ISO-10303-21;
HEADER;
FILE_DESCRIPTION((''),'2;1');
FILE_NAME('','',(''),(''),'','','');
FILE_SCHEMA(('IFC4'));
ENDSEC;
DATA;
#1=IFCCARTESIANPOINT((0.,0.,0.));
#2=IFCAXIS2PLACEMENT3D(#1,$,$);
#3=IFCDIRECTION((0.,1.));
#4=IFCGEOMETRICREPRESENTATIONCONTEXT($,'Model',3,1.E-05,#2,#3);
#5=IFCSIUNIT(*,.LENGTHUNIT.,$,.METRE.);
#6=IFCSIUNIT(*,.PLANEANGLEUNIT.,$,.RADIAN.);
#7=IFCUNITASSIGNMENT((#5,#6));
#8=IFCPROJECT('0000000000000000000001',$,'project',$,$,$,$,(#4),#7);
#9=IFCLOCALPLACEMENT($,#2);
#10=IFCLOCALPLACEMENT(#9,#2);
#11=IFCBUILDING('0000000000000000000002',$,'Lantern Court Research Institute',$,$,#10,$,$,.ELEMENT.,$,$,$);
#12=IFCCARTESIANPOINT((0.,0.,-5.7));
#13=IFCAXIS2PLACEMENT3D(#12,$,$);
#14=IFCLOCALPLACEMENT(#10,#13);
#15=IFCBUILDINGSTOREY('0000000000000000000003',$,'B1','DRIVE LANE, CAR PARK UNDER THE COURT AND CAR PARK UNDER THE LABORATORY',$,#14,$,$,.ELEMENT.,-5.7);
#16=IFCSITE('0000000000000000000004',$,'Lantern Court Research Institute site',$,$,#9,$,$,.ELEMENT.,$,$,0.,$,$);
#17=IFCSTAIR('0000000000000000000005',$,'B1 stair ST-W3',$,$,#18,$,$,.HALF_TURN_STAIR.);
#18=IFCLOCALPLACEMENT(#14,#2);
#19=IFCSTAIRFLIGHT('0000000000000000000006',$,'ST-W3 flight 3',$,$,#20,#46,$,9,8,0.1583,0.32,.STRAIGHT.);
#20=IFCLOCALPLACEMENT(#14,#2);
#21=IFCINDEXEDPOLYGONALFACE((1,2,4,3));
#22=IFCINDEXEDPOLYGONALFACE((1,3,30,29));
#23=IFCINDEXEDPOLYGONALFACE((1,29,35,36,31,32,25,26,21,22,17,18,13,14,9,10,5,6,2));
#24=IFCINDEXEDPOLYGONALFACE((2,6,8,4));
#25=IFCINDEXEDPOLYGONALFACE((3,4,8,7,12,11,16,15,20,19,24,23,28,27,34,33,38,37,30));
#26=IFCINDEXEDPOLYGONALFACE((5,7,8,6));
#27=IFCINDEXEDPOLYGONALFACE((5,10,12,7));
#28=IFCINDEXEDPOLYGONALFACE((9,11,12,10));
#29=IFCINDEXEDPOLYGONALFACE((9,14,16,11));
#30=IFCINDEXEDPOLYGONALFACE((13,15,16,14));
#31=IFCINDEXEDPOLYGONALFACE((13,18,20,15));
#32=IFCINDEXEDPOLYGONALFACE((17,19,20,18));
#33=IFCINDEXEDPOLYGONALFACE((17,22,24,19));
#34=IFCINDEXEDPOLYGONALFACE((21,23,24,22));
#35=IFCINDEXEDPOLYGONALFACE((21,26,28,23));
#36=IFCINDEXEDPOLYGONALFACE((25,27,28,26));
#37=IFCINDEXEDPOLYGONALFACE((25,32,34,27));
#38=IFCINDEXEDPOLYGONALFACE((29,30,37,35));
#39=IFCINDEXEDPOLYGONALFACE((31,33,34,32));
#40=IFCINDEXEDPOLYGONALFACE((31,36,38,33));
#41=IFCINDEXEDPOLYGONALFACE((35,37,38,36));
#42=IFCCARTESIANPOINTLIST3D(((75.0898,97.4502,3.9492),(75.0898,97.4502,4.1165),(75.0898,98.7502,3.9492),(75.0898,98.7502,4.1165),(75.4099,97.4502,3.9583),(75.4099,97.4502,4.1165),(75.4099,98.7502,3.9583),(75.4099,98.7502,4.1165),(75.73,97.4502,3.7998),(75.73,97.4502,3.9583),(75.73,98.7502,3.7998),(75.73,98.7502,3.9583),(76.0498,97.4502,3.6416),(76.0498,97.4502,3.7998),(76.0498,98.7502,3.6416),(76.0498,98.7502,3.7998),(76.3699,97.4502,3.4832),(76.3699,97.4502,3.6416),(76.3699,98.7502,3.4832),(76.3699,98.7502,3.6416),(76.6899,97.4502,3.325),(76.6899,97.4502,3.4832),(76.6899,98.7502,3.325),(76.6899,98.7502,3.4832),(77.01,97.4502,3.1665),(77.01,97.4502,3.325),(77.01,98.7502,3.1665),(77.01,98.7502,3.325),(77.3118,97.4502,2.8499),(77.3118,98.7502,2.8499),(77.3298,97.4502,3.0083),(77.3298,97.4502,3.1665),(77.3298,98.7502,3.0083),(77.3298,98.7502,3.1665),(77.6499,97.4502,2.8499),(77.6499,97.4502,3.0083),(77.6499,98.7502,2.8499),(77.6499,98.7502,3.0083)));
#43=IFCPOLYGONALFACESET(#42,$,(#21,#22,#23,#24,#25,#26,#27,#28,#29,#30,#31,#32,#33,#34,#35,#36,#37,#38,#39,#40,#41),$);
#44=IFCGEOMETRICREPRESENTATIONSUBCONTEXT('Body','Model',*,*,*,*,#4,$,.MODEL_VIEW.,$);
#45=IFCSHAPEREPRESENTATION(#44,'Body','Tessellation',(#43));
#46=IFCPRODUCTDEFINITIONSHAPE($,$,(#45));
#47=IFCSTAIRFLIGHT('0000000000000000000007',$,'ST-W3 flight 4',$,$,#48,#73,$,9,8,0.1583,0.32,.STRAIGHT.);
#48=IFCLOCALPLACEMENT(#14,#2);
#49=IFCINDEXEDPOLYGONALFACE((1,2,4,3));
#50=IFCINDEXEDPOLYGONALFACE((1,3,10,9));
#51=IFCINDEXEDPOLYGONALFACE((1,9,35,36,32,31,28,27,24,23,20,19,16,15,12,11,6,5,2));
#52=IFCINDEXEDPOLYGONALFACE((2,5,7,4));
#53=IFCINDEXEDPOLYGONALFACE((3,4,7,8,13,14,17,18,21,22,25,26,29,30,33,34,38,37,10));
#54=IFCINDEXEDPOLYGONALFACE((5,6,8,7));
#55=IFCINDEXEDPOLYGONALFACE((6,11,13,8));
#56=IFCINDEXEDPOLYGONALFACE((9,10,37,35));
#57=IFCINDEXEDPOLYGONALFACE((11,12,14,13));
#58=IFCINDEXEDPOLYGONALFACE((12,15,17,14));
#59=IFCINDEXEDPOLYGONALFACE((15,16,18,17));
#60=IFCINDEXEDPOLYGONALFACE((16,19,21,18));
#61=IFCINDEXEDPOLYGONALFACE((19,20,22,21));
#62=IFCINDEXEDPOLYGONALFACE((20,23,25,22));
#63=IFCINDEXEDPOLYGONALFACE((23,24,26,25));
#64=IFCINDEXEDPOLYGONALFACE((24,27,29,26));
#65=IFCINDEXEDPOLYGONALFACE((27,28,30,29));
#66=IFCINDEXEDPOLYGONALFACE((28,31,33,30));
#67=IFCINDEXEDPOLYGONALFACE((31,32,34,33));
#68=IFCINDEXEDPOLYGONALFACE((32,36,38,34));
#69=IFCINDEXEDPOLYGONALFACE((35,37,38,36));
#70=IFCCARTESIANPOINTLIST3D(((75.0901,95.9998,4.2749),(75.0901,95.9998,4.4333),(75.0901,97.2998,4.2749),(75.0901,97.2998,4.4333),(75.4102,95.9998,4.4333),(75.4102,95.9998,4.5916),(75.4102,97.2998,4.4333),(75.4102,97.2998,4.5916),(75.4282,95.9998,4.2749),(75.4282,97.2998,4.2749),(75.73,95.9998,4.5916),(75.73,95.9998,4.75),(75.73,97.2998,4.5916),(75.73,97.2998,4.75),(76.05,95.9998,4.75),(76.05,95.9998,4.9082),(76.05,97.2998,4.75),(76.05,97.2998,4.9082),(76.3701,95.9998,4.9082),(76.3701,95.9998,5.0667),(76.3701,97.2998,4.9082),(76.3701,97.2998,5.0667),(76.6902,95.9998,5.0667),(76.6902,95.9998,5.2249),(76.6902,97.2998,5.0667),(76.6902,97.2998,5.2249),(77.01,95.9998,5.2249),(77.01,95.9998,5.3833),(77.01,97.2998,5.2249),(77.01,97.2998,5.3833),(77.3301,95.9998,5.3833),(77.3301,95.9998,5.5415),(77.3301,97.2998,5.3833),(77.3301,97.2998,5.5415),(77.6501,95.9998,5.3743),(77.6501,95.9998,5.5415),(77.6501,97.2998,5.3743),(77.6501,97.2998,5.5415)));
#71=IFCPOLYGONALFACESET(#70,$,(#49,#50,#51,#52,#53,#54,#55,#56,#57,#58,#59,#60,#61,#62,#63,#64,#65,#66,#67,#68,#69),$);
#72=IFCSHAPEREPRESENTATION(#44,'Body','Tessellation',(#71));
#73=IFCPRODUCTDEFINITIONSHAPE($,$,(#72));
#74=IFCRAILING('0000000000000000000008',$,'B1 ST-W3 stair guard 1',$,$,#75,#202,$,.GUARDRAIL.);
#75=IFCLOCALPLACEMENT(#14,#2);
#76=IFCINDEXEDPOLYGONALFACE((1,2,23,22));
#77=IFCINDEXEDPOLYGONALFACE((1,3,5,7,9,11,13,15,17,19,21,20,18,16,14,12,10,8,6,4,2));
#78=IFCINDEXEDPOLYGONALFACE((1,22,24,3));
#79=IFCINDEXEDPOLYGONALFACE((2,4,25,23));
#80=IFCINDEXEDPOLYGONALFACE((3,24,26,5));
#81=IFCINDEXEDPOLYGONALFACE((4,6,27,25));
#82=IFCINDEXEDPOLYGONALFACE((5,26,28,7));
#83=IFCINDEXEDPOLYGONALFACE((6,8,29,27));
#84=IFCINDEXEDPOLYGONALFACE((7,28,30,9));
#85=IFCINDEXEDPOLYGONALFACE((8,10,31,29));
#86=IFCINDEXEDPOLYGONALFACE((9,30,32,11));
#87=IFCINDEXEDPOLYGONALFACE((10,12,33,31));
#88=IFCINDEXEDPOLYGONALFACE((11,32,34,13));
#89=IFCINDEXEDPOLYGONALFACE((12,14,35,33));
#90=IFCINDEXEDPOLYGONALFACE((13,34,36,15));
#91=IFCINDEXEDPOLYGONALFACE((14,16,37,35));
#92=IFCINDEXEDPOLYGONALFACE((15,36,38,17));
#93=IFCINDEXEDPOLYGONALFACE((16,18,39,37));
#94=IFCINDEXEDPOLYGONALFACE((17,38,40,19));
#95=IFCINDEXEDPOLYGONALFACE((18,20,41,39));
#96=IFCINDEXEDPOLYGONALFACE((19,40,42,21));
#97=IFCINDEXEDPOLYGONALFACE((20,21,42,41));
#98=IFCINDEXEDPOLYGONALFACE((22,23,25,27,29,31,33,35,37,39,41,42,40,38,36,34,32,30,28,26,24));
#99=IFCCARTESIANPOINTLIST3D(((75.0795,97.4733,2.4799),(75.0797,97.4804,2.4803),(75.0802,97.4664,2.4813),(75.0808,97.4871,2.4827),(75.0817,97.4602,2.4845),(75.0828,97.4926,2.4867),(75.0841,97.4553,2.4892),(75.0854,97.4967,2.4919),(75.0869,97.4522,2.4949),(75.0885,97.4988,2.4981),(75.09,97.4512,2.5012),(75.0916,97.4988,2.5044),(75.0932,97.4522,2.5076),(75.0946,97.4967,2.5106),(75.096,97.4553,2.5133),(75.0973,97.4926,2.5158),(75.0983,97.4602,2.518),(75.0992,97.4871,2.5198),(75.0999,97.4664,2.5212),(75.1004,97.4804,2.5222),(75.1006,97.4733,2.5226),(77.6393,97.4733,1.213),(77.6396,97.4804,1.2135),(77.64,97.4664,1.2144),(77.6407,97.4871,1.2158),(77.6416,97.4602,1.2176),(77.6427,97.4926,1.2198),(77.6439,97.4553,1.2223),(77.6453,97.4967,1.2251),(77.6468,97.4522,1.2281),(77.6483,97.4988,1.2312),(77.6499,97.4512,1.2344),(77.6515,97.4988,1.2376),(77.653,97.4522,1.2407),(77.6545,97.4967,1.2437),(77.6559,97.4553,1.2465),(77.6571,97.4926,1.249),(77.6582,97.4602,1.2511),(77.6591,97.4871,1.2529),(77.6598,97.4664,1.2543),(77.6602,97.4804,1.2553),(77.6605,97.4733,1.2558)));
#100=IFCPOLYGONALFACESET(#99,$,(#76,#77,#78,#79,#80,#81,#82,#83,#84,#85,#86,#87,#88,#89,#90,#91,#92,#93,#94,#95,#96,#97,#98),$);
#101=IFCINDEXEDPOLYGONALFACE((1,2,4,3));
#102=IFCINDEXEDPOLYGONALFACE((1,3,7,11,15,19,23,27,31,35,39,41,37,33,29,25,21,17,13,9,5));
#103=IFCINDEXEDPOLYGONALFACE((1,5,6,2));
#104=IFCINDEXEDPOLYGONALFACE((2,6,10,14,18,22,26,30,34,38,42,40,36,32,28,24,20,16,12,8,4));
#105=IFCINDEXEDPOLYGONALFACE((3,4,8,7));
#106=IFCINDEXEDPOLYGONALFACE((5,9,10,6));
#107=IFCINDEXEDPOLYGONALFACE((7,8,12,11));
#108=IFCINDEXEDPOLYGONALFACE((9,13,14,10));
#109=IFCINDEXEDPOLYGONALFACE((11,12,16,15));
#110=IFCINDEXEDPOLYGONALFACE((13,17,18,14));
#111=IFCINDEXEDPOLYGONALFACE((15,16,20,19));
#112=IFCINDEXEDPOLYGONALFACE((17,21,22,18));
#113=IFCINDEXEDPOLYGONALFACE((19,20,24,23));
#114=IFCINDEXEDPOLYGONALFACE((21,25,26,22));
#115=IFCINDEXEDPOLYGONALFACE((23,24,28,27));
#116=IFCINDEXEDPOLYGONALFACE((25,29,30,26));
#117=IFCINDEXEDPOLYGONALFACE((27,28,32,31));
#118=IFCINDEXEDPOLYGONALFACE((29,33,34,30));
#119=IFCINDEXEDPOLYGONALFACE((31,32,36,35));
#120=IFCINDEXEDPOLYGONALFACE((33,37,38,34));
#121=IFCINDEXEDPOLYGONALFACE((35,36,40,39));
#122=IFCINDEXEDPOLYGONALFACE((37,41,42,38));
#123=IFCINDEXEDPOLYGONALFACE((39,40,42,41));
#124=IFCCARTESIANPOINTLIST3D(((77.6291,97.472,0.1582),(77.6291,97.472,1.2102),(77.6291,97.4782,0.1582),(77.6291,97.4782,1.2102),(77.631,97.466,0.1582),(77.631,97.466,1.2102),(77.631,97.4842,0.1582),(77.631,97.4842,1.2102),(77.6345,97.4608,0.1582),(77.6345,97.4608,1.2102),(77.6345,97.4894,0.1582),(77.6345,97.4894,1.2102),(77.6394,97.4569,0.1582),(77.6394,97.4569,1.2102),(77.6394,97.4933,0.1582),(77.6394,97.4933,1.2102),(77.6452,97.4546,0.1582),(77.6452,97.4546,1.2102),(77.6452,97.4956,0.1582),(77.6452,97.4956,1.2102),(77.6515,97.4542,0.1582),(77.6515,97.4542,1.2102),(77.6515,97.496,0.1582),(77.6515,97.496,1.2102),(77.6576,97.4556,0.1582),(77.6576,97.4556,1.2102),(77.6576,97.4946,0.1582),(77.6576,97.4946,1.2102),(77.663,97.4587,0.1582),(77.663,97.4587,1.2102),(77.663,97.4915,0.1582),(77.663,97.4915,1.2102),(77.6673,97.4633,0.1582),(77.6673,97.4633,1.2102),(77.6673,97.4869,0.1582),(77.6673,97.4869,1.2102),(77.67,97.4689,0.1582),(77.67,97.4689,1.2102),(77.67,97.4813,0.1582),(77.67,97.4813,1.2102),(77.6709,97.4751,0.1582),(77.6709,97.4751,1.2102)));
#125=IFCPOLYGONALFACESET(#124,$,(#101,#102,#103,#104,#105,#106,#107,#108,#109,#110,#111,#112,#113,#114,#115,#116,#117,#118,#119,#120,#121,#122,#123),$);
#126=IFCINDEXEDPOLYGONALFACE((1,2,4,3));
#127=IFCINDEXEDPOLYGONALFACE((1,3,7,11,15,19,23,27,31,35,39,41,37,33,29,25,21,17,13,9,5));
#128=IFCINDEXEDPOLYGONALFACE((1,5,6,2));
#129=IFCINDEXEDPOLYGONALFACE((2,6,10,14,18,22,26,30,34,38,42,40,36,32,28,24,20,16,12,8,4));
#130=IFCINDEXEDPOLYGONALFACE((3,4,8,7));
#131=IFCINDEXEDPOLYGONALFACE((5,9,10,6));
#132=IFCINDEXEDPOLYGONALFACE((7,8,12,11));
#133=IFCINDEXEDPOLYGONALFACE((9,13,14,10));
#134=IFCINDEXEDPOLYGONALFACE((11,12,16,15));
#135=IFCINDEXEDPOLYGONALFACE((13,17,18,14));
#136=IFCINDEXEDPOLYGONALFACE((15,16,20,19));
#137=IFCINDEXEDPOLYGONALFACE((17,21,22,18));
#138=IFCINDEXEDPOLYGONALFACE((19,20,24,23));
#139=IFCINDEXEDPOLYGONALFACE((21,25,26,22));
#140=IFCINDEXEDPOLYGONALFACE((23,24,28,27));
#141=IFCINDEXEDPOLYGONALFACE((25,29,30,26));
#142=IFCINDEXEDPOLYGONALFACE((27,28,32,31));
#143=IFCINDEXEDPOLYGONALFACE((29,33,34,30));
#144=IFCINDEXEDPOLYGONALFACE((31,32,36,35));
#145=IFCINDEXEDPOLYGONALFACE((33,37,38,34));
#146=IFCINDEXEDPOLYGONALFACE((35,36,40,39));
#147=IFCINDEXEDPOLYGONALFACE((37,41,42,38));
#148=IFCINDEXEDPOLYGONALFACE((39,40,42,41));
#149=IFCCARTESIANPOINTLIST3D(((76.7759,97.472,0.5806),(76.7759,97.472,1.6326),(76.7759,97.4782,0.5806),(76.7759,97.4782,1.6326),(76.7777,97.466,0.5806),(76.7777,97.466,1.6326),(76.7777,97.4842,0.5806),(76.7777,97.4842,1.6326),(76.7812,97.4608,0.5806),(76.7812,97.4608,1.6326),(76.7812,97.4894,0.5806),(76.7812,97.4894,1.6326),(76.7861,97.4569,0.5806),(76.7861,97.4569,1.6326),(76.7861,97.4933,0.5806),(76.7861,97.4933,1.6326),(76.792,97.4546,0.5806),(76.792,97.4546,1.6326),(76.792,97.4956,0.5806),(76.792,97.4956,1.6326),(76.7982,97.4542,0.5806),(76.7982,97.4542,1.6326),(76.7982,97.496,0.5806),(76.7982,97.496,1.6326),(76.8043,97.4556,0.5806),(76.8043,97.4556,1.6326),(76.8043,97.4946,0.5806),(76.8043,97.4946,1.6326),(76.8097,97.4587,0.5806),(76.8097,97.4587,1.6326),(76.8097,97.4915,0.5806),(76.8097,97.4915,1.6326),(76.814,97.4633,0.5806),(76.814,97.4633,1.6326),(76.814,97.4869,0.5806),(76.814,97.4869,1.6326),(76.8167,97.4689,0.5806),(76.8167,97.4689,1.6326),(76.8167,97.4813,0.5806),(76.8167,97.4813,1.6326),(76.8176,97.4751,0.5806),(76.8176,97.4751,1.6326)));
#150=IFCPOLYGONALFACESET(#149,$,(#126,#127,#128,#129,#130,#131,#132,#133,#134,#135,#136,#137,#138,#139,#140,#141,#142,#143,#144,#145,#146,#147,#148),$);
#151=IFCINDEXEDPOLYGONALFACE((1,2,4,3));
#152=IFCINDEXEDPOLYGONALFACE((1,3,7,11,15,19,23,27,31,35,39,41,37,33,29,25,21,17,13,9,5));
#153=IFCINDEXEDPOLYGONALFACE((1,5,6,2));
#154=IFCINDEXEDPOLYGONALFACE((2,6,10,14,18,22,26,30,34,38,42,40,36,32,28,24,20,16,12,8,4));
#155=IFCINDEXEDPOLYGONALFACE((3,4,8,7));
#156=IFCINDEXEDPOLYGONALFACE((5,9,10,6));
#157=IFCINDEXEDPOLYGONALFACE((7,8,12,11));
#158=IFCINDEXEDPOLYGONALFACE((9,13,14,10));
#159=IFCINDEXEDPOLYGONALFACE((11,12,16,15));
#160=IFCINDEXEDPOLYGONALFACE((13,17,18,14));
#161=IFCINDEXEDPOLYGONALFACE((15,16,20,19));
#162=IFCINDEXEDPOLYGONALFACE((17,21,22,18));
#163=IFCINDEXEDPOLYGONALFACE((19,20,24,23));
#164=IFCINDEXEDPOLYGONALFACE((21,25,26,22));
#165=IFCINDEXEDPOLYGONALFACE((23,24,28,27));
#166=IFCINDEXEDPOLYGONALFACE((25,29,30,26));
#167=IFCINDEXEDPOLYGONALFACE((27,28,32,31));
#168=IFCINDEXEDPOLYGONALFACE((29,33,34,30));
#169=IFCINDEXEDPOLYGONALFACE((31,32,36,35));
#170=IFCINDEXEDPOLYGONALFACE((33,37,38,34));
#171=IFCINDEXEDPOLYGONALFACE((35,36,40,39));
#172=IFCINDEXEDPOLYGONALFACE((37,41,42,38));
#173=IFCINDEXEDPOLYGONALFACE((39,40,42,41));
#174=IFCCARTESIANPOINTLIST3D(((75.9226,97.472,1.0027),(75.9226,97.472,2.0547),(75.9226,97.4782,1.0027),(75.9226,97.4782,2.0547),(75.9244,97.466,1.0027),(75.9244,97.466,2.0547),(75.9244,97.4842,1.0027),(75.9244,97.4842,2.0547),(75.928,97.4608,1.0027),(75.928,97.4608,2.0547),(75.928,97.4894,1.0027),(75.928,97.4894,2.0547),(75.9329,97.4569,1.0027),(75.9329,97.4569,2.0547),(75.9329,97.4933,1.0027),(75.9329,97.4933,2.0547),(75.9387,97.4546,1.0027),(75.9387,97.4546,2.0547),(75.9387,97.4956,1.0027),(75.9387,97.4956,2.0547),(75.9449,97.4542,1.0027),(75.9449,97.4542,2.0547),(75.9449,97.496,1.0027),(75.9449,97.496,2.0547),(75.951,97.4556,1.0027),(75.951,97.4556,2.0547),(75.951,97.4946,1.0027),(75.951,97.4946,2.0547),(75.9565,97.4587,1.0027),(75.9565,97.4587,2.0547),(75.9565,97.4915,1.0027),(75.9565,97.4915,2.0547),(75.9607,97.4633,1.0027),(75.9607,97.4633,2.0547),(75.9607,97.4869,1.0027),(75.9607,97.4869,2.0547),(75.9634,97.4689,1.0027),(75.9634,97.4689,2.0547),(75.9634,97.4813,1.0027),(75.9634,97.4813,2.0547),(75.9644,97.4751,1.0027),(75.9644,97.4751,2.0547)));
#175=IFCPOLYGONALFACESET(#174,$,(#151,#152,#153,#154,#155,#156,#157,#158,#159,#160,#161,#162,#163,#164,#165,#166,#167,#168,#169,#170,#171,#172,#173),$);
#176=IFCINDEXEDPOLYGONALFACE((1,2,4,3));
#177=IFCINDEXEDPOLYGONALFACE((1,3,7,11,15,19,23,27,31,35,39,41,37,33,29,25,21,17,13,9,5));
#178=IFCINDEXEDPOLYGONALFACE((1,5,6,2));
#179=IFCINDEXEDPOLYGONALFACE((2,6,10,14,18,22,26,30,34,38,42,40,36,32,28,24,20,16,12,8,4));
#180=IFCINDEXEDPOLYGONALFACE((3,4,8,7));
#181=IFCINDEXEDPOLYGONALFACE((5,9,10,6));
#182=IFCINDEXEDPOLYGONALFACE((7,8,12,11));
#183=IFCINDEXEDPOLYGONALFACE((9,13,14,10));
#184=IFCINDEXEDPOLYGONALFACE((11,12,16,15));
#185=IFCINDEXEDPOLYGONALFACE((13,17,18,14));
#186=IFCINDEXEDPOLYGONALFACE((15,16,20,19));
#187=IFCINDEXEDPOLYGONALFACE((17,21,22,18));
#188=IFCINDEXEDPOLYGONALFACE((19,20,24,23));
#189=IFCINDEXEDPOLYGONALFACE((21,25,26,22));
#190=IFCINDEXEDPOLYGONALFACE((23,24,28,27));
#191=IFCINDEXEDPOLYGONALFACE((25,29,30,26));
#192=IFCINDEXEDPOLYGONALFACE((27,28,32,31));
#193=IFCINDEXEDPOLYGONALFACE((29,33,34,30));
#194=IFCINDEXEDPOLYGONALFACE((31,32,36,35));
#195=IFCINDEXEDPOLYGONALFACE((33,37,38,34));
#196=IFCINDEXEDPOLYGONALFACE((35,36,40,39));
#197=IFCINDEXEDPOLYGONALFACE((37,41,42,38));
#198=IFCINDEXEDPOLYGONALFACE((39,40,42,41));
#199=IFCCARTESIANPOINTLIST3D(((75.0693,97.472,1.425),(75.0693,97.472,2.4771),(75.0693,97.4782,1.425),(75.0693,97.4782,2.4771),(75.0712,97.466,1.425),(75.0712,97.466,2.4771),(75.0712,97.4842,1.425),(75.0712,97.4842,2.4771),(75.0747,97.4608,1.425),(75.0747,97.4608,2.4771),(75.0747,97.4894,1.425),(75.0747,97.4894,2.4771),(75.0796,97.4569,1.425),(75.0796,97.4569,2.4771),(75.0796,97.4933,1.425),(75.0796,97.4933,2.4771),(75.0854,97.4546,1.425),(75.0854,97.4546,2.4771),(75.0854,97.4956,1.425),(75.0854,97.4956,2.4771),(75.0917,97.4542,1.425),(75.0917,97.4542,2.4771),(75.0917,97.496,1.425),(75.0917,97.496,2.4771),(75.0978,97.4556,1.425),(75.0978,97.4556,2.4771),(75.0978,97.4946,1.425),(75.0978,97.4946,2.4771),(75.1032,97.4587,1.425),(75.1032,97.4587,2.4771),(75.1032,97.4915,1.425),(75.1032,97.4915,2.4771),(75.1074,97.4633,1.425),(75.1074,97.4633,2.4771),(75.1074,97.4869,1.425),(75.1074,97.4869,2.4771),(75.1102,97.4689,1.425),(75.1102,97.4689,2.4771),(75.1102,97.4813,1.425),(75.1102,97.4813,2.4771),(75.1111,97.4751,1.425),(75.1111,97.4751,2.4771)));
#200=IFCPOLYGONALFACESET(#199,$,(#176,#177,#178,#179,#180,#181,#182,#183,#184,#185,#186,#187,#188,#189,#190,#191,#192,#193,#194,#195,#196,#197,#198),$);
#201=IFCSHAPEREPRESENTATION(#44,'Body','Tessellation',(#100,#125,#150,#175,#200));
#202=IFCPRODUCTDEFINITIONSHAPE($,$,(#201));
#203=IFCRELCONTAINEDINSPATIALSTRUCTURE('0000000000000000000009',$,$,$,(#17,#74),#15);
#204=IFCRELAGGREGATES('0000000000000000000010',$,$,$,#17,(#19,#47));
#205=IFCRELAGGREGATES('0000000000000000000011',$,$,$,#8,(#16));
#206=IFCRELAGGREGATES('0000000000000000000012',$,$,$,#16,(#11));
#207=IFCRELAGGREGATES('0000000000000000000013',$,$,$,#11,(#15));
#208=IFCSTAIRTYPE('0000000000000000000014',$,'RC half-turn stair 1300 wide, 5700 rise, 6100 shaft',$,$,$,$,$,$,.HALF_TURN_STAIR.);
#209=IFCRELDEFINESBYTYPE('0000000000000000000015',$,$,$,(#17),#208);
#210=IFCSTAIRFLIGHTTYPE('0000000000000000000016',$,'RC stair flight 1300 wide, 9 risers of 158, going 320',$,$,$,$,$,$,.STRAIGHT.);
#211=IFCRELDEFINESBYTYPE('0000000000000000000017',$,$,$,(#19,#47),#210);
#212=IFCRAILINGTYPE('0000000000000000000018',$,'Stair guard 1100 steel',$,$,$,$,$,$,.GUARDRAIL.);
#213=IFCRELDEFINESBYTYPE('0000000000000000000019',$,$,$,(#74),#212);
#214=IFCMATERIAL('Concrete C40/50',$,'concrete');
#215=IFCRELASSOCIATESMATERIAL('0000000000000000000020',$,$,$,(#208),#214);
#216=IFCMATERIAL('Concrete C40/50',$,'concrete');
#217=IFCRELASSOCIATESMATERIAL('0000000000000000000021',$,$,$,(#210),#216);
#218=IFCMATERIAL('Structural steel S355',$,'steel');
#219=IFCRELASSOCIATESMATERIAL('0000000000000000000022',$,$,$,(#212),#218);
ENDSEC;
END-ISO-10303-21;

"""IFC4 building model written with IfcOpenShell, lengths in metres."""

from ifc_helpers import new_model, si_unit, direction, frame, origin, origin_2d, place, context, subcontext, project, spatial, polyline, circle, outline, extrude, material, type_object, element, aggregate, save


model = new_model("IFC4")

# Units and contexts
model_context = context("Model", 3, precision=1e-05, world=origin(), true_north=direction((0.0, 1.0)))
body_context = subcontext(model_context, "Body", "Model", "MODEL_VIEW")
ifc_project = project(units=[si_unit("LENGTHUNIT", "METRE"), si_unit("PLANEANGLEUNIT", "RADIAN")], contexts=[model_context])

# Site, building, storey
site_placement = place(None, origin())
site = spatial("IfcSite", under=ifc_project, at=site_placement, Name="Lantern Court Research Institute site", CompositionType="ELEMENT", RefElevation=0.0)
building_placement = place(site_placement, origin())
building = spatial("IfcBuilding", under=site, at=building_placement, Name="Lantern Court Research Institute", CompositionType="ELEMENT")
storey_placement = place(building_placement, frame((0.0, 0.0, -5.7)))
storey = spatial("IfcBuildingStorey", under=building, at=storey_placement, Name="B1", Description="DRIVE LANE, CAR PARK UNDER THE COURT AND CAR PARK UNDER THE LABORATORY", CompositionType="ELEMENT", Elevation=-5.7)

# Stair, stair flights
ifc_material_1 = material(Name="Concrete C40/50", Category="concrete")
stair_type = type_object("IfcStairType", Name="RC half-turn stair 1300 wide, 5700 rise, 6100 shaft", PredefinedType="HALF_TURN_STAIR", material=ifc_material_1)
stair_placement = place(storey_placement, origin())
stair = element("IfcStair", 1, at=stair_placement, inside=storey, type_object=stair_type, Name="B1 stair ST-W3", PredefinedType="HALF_TURN_STAIR")
ifc_material_2 = material(Name="Concrete C40/50", Category="concrete")
stair_flight_type = type_object("IfcStairFlightType", Name="RC stair flight 1300 wide, 9 risers of 158, going 320", PredefinedType="STRAIGHT", material=ifc_material_2)
stair_flight_1_placement = place(storey_placement, frame((77.6499, 98.1001, 2.8499), z_axis=(0.0, 0.0, 1.0), x_axis=(-1.0, 0.0, 0.0)))
stair_flight_1 = element("IfcStairFlight", 2, at=stair_flight_1_placement, type_object=stair_flight_type, Name="ST-W3 flight 3", NumberOfRisers=9, NumberOfTreads=8, PredefinedType="STRAIGHT", RiserHeight=0.1583, TreadLength=0.32, context=body_context, shape_type="SweptSolid", body=[
    extrude(outline(polyline([(0.0, 0.0), (0.0, 0.1584), (0.3201, 0.1584), (0.3201, 0.3167), (0.6399, 0.3167), (0.6399, 0.4751), (0.96, 0.4751), (0.96, 0.6333), (1.28, 0.6333), (1.28, 0.7917), (1.6001, 0.7917), (1.6001, 0.95), (1.9199, 0.95), (1.9199, 1.1084), (2.24, 1.1084), (2.24, 1.2666), (2.5601, 1.2666), (2.5601, 1.425), (2.5601, 1.0994), (0.3381, 0.0), (0.0, 0.0)])), frame((0.0, 0.6499, 0.0), z_axis=(0.0, -1.0, 0.0), x_axis=(1.0, 0.0, 0.0)), (0.0, 0.0, 1.0), 1.3),
])
stair_flight_2_placement = place(storey_placement, frame((75.0901, 96.6499, 4.2749), z_axis=(0.0, 0.0, 1.0), x_axis=(1.0, 0.0, 0.0)))
stair_flight_2 = element("IfcStairFlight", 3, at=stair_flight_2_placement, type_object=stair_flight_type, Name="ST-W3 flight 4", NumberOfRisers=9, NumberOfTreads=8, PredefinedType="STRAIGHT", RiserHeight=0.1583, TreadLength=0.32, context=body_context, shape_type="SweptSolid", body=[
    extrude(outline(polyline([(0.0, 0.0), (0.0, 0.1584), (0.3201, 0.1584), (0.3201, 0.3167), (0.6399, 0.3167), (0.6399, 0.4751), (0.96, 0.4751), (0.96, 0.6333), (1.28, 0.6333), (1.28, 0.7917), (1.6001, 0.7917), (1.6001, 0.95), (1.9199, 0.95), (1.9199, 1.1084), (2.24, 1.1084), (2.24, 1.2666), (2.5601, 1.2666), (2.5601, 1.425), (2.5601, 1.0994), (0.3381, 0.0), (0.0, 0.0)])), frame((0.0, 0.6499, 0.0), z_axis=(0.0, -1.0, 0.0), x_axis=(1.0, 0.0, 0.0)), (0.0, 0.0, 1.0), 1.3),
])
aggregate(stair, [stair_flight_1, stair_flight_2])

# Railing
ifc_material_3 = material(Name="Structural steel S355", Category="steel")
railing_type_1 = type_object("IfcRailingType", Name="Stair guard 1100 steel", PredefinedType="GUARDRAIL", material=ifc_material_3)
railing_1_placement = place(storey_placement, frame((77.6499, 97.4751, 0.1582)))
element("IfcRailing", 4, at=railing_1_placement, inside=storey, type_object=railing_type_1, Name="B1 ST-W3 stair guard 1", PredefinedType="GUARDRAIL", context=body_context, shape_type="SweptSolid", body=[
    extrude(circle(Radius=0.0239, at=origin_2d()), frame((0.0, 0.0, 1.0762), z_axis=(-0.896249, 0.0, 0.443551), x_axis=(0.0, -1.0, 0.0)), (0.0, 0.0, 1.0), 2.8562),
    extrude(circle(Radius=0.021, at=origin_2d()), origin(), (0.0, 0.0, 1.0), 1.052),
    extrude(circle(Radius=0.021, at=origin_2d()), frame((-0.8533, 0.0, 0.4224)), (0.0, 0.0, 1.0), 1.052),
    extrude(circle(Radius=0.021, at=origin_2d()), frame((-1.7065, 0.0, 0.8445)), (0.0, 0.0, 1.0), 1.052),
    extrude(circle(Radius=0.021, at=origin_2d()), frame((-2.5598, 0.0, 1.2668)), (0.0, 0.0, 1.0), 1.052),
])

save(model, "model.ifc")
